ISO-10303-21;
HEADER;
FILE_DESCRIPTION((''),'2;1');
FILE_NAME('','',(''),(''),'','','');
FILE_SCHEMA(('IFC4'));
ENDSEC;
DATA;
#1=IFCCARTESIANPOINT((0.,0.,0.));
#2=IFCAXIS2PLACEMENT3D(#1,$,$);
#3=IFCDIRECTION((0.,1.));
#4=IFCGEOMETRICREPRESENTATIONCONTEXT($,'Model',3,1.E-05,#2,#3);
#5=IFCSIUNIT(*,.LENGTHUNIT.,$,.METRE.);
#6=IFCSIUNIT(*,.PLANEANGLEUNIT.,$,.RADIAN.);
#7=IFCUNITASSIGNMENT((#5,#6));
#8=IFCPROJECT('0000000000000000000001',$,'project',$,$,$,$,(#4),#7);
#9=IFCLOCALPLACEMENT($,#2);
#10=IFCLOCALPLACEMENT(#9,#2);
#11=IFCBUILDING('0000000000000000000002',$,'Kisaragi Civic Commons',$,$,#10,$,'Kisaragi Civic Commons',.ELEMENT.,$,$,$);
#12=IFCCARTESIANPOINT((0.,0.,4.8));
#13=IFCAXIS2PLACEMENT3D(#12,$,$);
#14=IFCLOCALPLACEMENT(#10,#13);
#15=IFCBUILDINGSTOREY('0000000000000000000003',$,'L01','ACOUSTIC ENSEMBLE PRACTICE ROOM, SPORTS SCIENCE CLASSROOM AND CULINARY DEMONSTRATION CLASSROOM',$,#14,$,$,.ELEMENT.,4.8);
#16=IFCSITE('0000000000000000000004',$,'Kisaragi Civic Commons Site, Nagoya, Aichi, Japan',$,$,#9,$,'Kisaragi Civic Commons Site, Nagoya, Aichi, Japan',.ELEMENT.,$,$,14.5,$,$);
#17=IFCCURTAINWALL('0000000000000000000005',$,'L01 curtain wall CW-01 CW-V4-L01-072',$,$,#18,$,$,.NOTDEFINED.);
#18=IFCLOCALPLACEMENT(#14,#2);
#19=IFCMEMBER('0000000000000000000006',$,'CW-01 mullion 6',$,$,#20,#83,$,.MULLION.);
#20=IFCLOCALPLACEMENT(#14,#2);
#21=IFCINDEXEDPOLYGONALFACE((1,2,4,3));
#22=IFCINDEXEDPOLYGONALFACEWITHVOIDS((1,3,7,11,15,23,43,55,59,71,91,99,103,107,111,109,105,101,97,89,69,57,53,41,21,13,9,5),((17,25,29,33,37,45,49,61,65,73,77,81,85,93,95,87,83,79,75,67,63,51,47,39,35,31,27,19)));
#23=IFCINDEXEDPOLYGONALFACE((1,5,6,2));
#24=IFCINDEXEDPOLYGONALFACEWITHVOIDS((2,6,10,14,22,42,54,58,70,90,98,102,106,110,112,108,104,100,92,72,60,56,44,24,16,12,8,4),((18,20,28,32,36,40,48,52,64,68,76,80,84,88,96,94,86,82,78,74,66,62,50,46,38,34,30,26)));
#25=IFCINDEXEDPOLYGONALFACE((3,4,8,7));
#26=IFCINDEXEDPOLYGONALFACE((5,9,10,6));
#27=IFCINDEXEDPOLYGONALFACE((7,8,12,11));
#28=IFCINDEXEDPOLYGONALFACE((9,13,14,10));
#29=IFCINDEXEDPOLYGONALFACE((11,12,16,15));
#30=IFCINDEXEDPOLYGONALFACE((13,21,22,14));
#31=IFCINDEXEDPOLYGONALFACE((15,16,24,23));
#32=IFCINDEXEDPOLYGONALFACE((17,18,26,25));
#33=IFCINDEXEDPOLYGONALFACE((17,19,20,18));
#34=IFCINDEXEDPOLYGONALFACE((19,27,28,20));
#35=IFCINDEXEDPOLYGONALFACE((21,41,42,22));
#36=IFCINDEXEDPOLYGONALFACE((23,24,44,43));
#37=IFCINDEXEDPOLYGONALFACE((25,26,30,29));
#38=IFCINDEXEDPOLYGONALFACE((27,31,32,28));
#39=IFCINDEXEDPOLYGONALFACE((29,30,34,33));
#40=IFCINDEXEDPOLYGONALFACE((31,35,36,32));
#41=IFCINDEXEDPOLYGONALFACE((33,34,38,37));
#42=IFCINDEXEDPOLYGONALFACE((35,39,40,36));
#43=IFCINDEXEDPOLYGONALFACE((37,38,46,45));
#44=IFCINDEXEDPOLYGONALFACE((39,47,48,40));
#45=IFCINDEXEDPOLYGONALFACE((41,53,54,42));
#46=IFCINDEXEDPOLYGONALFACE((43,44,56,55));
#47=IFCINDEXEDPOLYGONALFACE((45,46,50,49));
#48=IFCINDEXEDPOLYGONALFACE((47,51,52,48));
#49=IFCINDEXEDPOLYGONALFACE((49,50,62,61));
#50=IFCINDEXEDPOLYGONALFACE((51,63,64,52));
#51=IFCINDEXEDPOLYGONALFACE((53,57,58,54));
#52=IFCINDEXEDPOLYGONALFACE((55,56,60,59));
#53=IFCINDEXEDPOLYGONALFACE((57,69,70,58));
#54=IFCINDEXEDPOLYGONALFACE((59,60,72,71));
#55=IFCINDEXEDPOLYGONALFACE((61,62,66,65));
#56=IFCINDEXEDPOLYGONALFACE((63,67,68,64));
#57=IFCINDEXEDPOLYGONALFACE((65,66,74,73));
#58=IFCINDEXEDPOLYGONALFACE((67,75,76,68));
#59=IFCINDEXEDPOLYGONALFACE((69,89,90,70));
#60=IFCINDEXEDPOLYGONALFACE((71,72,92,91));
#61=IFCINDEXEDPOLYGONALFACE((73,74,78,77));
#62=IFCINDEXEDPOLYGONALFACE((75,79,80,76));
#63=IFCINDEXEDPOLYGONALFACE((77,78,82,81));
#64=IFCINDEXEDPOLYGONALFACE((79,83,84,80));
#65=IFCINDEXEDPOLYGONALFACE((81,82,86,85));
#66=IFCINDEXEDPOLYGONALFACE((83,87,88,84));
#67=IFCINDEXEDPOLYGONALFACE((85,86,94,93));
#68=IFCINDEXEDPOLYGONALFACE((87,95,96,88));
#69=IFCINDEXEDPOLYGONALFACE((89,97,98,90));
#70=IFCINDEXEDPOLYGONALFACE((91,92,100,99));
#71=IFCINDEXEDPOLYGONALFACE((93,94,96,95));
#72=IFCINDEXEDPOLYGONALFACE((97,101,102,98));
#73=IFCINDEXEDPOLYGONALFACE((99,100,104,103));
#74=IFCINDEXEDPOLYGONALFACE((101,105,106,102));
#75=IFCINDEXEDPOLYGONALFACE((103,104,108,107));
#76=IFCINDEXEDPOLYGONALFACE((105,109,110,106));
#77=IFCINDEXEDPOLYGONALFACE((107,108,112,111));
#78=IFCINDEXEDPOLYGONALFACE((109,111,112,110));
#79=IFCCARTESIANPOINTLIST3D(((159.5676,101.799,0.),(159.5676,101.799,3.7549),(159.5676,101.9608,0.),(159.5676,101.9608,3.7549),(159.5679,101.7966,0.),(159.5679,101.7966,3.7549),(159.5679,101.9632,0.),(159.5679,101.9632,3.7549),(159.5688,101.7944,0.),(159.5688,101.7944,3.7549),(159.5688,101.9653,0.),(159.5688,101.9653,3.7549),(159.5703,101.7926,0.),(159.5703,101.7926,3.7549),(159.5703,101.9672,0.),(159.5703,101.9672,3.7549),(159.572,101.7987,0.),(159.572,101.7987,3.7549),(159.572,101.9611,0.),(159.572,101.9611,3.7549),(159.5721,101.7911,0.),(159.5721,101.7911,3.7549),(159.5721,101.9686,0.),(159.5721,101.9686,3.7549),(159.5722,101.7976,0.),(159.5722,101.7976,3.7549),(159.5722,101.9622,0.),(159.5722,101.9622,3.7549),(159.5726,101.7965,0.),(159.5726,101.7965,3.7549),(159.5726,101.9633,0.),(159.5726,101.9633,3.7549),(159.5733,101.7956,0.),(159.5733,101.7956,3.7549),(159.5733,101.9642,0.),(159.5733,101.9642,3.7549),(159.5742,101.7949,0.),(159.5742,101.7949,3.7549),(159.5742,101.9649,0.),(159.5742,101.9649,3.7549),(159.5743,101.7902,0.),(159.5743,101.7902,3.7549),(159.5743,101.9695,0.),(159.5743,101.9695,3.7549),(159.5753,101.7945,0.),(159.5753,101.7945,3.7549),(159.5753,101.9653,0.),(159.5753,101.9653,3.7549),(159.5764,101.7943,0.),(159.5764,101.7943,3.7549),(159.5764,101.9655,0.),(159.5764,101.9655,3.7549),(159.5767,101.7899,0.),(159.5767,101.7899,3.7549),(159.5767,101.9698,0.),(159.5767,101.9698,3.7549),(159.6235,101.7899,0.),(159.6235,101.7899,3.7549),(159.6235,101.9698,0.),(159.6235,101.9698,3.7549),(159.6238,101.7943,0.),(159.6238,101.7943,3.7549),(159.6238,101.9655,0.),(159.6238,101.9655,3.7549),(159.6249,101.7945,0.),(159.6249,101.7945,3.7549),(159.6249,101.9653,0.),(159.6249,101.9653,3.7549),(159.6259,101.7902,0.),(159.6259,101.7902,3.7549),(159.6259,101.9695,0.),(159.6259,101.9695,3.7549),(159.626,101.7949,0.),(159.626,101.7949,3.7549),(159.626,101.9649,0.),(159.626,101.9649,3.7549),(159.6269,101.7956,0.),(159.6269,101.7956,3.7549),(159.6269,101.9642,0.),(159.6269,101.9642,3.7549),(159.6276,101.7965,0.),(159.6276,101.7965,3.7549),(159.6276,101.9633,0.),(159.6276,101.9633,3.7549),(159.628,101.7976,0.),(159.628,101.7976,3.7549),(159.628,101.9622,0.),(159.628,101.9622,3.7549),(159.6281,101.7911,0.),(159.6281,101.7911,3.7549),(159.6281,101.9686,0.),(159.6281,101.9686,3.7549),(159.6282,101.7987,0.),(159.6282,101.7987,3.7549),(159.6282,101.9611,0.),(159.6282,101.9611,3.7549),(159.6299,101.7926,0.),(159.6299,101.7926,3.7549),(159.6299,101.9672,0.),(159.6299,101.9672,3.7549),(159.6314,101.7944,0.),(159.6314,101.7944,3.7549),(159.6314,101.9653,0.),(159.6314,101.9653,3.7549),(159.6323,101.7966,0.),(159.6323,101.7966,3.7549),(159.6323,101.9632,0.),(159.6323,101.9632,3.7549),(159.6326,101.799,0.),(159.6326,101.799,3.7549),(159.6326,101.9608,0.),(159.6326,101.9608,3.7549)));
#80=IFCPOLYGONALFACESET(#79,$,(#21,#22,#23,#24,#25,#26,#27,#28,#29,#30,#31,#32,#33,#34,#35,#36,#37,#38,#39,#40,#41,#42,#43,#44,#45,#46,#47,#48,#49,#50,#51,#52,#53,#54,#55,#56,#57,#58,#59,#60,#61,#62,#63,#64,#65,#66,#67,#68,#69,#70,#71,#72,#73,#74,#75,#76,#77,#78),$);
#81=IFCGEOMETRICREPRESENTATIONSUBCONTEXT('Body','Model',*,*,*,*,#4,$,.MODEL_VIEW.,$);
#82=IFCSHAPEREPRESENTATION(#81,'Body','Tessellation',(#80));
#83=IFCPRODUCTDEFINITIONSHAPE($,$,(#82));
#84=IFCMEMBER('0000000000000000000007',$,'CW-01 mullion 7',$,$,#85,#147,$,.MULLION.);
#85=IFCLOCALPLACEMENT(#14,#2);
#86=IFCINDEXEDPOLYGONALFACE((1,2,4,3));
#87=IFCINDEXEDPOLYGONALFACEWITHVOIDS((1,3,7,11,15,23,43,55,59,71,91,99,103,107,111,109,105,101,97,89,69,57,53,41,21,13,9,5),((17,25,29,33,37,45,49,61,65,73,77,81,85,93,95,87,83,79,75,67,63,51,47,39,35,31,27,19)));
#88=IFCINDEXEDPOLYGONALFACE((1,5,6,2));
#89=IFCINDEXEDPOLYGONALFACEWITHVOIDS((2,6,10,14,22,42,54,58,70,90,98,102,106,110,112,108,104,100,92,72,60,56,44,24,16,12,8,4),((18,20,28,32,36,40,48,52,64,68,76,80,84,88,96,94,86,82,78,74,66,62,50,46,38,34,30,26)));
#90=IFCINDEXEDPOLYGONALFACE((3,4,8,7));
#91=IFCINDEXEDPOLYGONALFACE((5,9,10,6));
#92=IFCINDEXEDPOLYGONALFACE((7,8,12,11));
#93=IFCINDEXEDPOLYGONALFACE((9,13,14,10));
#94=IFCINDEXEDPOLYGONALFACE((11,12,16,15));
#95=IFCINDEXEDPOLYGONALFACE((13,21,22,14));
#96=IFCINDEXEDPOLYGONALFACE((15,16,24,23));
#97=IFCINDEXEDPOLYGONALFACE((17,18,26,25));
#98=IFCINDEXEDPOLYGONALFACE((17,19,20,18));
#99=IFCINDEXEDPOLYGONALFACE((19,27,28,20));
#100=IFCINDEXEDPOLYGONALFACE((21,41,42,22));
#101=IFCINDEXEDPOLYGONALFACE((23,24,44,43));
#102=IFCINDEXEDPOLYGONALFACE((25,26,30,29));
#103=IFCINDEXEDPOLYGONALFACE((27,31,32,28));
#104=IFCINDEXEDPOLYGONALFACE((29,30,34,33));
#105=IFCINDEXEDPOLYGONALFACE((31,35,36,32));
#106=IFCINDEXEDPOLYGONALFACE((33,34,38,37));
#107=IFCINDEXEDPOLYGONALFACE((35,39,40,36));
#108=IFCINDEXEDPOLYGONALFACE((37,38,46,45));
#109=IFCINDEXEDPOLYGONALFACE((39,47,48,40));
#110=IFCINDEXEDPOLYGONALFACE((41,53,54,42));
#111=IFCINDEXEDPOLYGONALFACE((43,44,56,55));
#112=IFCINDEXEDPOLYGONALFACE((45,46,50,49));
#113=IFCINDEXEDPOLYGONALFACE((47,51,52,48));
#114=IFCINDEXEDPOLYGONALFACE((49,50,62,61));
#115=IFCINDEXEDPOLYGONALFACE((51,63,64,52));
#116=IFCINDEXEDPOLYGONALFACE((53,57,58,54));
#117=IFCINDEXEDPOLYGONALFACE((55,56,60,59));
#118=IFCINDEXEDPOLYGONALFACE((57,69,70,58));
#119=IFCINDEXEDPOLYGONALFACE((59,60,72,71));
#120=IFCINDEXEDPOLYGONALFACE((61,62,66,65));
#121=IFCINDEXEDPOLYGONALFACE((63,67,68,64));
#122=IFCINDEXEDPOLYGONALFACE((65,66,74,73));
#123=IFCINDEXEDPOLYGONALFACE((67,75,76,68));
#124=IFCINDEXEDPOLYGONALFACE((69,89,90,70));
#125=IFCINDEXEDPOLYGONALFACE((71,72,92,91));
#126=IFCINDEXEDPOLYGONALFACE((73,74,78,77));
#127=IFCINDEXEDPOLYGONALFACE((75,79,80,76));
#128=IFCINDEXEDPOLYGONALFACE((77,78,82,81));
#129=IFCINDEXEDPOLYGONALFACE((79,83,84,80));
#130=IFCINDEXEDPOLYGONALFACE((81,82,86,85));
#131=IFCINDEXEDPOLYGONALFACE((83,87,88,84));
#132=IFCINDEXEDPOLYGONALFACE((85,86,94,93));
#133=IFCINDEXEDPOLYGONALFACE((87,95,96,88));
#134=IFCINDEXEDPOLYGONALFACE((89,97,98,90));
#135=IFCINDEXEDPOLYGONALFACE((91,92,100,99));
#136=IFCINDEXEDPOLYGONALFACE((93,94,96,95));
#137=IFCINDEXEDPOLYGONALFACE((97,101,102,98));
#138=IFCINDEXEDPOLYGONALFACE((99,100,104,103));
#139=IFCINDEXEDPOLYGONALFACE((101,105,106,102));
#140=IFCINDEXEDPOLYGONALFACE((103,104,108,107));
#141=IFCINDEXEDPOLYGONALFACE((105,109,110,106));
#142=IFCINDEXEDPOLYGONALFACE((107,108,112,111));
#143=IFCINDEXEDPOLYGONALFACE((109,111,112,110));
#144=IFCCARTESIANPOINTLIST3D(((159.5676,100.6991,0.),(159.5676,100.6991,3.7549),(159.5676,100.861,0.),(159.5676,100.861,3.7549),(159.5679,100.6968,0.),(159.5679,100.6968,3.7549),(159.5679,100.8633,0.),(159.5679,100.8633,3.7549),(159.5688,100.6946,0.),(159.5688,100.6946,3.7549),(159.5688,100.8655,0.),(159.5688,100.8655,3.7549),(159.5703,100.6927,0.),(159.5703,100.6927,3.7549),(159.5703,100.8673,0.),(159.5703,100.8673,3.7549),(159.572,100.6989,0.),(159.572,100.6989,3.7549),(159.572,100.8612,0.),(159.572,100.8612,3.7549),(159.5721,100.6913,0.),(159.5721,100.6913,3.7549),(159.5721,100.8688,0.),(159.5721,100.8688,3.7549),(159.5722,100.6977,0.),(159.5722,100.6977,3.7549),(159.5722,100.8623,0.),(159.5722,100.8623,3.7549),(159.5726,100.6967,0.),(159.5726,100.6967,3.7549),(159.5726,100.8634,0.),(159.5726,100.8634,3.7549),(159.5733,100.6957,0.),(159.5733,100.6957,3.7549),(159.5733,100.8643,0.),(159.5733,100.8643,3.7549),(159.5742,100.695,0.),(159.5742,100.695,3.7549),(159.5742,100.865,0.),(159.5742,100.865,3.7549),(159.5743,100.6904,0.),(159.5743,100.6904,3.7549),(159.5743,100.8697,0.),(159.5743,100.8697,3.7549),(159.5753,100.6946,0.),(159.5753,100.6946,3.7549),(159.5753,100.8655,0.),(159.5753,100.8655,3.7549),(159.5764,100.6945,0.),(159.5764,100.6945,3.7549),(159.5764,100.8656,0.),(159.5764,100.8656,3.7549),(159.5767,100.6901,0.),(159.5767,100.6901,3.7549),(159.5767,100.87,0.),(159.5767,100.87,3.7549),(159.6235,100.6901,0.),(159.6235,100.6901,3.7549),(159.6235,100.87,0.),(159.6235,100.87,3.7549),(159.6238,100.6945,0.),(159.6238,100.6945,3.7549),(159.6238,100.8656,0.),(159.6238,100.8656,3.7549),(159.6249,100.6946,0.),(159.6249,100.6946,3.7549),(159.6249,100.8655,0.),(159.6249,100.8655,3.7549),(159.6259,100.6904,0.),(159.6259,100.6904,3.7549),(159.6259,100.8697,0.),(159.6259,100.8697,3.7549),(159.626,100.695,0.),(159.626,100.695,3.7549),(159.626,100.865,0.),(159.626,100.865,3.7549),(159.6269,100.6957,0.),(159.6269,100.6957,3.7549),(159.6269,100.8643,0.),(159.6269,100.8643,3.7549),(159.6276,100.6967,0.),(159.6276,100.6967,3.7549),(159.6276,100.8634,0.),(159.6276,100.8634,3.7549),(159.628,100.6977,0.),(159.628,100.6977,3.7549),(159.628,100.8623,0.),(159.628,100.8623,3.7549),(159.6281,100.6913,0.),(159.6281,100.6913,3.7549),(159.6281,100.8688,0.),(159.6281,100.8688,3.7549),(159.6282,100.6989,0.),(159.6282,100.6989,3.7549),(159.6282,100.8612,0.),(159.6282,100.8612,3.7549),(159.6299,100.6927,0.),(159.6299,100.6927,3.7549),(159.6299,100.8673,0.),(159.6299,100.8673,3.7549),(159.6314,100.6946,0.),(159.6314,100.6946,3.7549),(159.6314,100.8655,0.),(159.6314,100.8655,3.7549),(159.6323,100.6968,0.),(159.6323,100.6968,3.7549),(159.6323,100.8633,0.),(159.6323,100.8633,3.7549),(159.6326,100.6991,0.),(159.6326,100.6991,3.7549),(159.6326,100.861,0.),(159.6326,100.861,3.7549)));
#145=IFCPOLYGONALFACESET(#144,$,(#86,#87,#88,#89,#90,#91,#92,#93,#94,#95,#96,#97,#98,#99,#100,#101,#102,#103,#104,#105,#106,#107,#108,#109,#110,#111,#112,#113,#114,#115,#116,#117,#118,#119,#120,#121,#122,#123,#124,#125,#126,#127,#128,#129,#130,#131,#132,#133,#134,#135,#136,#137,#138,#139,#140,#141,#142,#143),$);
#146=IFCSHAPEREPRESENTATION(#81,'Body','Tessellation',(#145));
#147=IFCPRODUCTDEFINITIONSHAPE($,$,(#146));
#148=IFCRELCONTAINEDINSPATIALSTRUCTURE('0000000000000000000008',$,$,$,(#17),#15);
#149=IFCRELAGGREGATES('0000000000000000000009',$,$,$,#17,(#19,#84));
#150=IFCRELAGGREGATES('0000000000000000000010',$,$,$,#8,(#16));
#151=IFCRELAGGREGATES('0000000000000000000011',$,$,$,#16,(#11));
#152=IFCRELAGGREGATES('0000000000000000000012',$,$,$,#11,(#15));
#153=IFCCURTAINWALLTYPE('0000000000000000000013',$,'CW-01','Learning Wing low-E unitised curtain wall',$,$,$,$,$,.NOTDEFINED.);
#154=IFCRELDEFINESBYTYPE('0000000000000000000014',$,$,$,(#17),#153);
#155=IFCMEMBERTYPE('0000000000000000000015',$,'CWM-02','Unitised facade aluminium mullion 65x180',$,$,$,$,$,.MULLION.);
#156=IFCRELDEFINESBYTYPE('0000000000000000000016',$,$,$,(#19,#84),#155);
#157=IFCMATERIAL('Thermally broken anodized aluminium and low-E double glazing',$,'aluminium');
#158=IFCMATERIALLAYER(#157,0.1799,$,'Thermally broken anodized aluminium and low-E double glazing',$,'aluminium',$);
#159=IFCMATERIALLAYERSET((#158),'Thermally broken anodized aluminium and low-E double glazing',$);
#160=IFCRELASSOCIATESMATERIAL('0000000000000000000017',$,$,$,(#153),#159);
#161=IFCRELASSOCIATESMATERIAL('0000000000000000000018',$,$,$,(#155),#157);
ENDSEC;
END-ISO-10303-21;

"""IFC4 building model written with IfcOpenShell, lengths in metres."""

from ifc_helpers import new_model, si_unit, direction, frame, origin, origin_2d, place, context, subcontext, project, spatial, hollow_rectangle, extrude, material, layer, layer_set, material_profile, profile_set, type_object, element, aggregate, save


model = new_model("IFC4")

# Units and contexts
model_context = context("Model", 3, precision=1e-05, world=origin(), true_north=direction((0.0, 1.0)))
body_context = subcontext(model_context, "Body", "Model", "MODEL_VIEW")
ifc_project = project(units=[si_unit("LENGTHUNIT", "METRE"), si_unit("PLANEANGLEUNIT", "RADIAN")], contexts=[model_context])

# Site, building, storey
site_placement = place(None, origin())
site = spatial("IfcSite", under=ifc_project, at=site_placement, Name="Kisaragi Civic Commons Site, Nagoya, Aichi, Japan", LongName="Kisaragi Civic Commons Site, Nagoya, Aichi, Japan", CompositionType="ELEMENT", RefElevation=14.5)
building_placement = place(site_placement, origin())
building = spatial("IfcBuilding", under=site, at=building_placement, Name="Kisaragi Civic Commons", LongName="Kisaragi Civic Commons", CompositionType="ELEMENT")
storey_placement = place(building_placement, frame((0.0, 0.0, 4.8)))
storey = spatial("IfcBuildingStorey", under=building, at=storey_placement, Name="L01", Description="ACOUSTIC ENSEMBLE PRACTICE ROOM, SPORTS SCIENCE CLASSROOM AND CULINARY DEMONSTRATION CLASSROOM", CompositionType="ELEMENT", Elevation=4.8)

# Curtain wall, members
ifc_material = material(Name="Thermally broken anodized aluminium and low-E double glazing", Category="aluminium")
ifc_layer_1 = layer(ifc_material, 0.1799, Name="Thermally broken anodized aluminium and low-E double glazing", Category="aluminium")
ifc_layer_set_1 = layer_set([ifc_layer_1], Name="Thermally broken anodized aluminium and low-E double glazing")
curtain_wall_type = type_object("IfcCurtainWallType", Name="CW-01", Description="Learning Wing low-E unitised curtain wall", PredefinedType="NOTDEFINED", material=ifc_layer_set_1)
curtain_wall_placement = place(storey_placement, origin())
curtain_wall = element("IfcCurtainWall", 1, at=curtain_wall_placement, inside=storey, type_object=curtain_wall_type, Name="L01 curtain wall CW-01 CW-V4-L01-072", PredefinedType="NOTDEFINED")
ifc_material_profile_1 = material_profile(ifc_material, hollow_rectangle(XDim=0.0649, YDim=0.1799, WallThickness=0.0044, InnerFilletRadius=0.0044, OuterFilletRadius=0.009, at=origin_2d()), Name="CWM-65x180x4.5", Category="aluminium")
ifc_profile_set_1 = profile_set([ifc_material_profile_1], Name="Thermally broken anodized aluminium and low-E double glazing")
member_type_1 = type_object("IfcMemberType", Name="CWM-02", Description="Unitised facade aluminium mullion 65x180", PredefinedType="MULLION", material=ifc_profile_set_1)
member_1_placement = place(storey_placement, frame((159.6001, 101.8799, 0.0), z_axis=(0.0, 0.0, 1.0), x_axis=(1.0, 0.0, 0.0)))
member_1 = element("IfcMember", 2, at=member_1_placement, type_object=member_type_1, Name="CW-01 mullion 6", PredefinedType="MULLION", context=body_context, shape_type="SweptSolid", body=[
    extrude(hollow_rectangle(XDim=0.0649, YDim=0.1799, WallThickness=0.0044, InnerFilletRadius=0.0044, OuterFilletRadius=0.009, at=origin_2d()), origin(), (0.0, 0.0, 1.0), 3.7549),
])
member_2_placement = place(storey_placement, frame((159.6001, 100.78, 0.0), z_axis=(0.0, 0.0, 1.0), x_axis=(1.0, 0.0, 0.0)))
member_2 = element("IfcMember", 3, at=member_2_placement, type_object=member_type_1, Name="CW-01 mullion 7", PredefinedType="MULLION", context=body_context, shape_type="SweptSolid", body=[
    extrude(hollow_rectangle(XDim=0.0649, YDim=0.1799, WallThickness=0.0044, InnerFilletRadius=0.0044, OuterFilletRadius=0.009, at=origin_2d()), origin(), (0.0, 0.0, 1.0), 3.7549),
])
aggregate(curtain_wall, [member_1, member_2])

save(model, "model.ifc")
